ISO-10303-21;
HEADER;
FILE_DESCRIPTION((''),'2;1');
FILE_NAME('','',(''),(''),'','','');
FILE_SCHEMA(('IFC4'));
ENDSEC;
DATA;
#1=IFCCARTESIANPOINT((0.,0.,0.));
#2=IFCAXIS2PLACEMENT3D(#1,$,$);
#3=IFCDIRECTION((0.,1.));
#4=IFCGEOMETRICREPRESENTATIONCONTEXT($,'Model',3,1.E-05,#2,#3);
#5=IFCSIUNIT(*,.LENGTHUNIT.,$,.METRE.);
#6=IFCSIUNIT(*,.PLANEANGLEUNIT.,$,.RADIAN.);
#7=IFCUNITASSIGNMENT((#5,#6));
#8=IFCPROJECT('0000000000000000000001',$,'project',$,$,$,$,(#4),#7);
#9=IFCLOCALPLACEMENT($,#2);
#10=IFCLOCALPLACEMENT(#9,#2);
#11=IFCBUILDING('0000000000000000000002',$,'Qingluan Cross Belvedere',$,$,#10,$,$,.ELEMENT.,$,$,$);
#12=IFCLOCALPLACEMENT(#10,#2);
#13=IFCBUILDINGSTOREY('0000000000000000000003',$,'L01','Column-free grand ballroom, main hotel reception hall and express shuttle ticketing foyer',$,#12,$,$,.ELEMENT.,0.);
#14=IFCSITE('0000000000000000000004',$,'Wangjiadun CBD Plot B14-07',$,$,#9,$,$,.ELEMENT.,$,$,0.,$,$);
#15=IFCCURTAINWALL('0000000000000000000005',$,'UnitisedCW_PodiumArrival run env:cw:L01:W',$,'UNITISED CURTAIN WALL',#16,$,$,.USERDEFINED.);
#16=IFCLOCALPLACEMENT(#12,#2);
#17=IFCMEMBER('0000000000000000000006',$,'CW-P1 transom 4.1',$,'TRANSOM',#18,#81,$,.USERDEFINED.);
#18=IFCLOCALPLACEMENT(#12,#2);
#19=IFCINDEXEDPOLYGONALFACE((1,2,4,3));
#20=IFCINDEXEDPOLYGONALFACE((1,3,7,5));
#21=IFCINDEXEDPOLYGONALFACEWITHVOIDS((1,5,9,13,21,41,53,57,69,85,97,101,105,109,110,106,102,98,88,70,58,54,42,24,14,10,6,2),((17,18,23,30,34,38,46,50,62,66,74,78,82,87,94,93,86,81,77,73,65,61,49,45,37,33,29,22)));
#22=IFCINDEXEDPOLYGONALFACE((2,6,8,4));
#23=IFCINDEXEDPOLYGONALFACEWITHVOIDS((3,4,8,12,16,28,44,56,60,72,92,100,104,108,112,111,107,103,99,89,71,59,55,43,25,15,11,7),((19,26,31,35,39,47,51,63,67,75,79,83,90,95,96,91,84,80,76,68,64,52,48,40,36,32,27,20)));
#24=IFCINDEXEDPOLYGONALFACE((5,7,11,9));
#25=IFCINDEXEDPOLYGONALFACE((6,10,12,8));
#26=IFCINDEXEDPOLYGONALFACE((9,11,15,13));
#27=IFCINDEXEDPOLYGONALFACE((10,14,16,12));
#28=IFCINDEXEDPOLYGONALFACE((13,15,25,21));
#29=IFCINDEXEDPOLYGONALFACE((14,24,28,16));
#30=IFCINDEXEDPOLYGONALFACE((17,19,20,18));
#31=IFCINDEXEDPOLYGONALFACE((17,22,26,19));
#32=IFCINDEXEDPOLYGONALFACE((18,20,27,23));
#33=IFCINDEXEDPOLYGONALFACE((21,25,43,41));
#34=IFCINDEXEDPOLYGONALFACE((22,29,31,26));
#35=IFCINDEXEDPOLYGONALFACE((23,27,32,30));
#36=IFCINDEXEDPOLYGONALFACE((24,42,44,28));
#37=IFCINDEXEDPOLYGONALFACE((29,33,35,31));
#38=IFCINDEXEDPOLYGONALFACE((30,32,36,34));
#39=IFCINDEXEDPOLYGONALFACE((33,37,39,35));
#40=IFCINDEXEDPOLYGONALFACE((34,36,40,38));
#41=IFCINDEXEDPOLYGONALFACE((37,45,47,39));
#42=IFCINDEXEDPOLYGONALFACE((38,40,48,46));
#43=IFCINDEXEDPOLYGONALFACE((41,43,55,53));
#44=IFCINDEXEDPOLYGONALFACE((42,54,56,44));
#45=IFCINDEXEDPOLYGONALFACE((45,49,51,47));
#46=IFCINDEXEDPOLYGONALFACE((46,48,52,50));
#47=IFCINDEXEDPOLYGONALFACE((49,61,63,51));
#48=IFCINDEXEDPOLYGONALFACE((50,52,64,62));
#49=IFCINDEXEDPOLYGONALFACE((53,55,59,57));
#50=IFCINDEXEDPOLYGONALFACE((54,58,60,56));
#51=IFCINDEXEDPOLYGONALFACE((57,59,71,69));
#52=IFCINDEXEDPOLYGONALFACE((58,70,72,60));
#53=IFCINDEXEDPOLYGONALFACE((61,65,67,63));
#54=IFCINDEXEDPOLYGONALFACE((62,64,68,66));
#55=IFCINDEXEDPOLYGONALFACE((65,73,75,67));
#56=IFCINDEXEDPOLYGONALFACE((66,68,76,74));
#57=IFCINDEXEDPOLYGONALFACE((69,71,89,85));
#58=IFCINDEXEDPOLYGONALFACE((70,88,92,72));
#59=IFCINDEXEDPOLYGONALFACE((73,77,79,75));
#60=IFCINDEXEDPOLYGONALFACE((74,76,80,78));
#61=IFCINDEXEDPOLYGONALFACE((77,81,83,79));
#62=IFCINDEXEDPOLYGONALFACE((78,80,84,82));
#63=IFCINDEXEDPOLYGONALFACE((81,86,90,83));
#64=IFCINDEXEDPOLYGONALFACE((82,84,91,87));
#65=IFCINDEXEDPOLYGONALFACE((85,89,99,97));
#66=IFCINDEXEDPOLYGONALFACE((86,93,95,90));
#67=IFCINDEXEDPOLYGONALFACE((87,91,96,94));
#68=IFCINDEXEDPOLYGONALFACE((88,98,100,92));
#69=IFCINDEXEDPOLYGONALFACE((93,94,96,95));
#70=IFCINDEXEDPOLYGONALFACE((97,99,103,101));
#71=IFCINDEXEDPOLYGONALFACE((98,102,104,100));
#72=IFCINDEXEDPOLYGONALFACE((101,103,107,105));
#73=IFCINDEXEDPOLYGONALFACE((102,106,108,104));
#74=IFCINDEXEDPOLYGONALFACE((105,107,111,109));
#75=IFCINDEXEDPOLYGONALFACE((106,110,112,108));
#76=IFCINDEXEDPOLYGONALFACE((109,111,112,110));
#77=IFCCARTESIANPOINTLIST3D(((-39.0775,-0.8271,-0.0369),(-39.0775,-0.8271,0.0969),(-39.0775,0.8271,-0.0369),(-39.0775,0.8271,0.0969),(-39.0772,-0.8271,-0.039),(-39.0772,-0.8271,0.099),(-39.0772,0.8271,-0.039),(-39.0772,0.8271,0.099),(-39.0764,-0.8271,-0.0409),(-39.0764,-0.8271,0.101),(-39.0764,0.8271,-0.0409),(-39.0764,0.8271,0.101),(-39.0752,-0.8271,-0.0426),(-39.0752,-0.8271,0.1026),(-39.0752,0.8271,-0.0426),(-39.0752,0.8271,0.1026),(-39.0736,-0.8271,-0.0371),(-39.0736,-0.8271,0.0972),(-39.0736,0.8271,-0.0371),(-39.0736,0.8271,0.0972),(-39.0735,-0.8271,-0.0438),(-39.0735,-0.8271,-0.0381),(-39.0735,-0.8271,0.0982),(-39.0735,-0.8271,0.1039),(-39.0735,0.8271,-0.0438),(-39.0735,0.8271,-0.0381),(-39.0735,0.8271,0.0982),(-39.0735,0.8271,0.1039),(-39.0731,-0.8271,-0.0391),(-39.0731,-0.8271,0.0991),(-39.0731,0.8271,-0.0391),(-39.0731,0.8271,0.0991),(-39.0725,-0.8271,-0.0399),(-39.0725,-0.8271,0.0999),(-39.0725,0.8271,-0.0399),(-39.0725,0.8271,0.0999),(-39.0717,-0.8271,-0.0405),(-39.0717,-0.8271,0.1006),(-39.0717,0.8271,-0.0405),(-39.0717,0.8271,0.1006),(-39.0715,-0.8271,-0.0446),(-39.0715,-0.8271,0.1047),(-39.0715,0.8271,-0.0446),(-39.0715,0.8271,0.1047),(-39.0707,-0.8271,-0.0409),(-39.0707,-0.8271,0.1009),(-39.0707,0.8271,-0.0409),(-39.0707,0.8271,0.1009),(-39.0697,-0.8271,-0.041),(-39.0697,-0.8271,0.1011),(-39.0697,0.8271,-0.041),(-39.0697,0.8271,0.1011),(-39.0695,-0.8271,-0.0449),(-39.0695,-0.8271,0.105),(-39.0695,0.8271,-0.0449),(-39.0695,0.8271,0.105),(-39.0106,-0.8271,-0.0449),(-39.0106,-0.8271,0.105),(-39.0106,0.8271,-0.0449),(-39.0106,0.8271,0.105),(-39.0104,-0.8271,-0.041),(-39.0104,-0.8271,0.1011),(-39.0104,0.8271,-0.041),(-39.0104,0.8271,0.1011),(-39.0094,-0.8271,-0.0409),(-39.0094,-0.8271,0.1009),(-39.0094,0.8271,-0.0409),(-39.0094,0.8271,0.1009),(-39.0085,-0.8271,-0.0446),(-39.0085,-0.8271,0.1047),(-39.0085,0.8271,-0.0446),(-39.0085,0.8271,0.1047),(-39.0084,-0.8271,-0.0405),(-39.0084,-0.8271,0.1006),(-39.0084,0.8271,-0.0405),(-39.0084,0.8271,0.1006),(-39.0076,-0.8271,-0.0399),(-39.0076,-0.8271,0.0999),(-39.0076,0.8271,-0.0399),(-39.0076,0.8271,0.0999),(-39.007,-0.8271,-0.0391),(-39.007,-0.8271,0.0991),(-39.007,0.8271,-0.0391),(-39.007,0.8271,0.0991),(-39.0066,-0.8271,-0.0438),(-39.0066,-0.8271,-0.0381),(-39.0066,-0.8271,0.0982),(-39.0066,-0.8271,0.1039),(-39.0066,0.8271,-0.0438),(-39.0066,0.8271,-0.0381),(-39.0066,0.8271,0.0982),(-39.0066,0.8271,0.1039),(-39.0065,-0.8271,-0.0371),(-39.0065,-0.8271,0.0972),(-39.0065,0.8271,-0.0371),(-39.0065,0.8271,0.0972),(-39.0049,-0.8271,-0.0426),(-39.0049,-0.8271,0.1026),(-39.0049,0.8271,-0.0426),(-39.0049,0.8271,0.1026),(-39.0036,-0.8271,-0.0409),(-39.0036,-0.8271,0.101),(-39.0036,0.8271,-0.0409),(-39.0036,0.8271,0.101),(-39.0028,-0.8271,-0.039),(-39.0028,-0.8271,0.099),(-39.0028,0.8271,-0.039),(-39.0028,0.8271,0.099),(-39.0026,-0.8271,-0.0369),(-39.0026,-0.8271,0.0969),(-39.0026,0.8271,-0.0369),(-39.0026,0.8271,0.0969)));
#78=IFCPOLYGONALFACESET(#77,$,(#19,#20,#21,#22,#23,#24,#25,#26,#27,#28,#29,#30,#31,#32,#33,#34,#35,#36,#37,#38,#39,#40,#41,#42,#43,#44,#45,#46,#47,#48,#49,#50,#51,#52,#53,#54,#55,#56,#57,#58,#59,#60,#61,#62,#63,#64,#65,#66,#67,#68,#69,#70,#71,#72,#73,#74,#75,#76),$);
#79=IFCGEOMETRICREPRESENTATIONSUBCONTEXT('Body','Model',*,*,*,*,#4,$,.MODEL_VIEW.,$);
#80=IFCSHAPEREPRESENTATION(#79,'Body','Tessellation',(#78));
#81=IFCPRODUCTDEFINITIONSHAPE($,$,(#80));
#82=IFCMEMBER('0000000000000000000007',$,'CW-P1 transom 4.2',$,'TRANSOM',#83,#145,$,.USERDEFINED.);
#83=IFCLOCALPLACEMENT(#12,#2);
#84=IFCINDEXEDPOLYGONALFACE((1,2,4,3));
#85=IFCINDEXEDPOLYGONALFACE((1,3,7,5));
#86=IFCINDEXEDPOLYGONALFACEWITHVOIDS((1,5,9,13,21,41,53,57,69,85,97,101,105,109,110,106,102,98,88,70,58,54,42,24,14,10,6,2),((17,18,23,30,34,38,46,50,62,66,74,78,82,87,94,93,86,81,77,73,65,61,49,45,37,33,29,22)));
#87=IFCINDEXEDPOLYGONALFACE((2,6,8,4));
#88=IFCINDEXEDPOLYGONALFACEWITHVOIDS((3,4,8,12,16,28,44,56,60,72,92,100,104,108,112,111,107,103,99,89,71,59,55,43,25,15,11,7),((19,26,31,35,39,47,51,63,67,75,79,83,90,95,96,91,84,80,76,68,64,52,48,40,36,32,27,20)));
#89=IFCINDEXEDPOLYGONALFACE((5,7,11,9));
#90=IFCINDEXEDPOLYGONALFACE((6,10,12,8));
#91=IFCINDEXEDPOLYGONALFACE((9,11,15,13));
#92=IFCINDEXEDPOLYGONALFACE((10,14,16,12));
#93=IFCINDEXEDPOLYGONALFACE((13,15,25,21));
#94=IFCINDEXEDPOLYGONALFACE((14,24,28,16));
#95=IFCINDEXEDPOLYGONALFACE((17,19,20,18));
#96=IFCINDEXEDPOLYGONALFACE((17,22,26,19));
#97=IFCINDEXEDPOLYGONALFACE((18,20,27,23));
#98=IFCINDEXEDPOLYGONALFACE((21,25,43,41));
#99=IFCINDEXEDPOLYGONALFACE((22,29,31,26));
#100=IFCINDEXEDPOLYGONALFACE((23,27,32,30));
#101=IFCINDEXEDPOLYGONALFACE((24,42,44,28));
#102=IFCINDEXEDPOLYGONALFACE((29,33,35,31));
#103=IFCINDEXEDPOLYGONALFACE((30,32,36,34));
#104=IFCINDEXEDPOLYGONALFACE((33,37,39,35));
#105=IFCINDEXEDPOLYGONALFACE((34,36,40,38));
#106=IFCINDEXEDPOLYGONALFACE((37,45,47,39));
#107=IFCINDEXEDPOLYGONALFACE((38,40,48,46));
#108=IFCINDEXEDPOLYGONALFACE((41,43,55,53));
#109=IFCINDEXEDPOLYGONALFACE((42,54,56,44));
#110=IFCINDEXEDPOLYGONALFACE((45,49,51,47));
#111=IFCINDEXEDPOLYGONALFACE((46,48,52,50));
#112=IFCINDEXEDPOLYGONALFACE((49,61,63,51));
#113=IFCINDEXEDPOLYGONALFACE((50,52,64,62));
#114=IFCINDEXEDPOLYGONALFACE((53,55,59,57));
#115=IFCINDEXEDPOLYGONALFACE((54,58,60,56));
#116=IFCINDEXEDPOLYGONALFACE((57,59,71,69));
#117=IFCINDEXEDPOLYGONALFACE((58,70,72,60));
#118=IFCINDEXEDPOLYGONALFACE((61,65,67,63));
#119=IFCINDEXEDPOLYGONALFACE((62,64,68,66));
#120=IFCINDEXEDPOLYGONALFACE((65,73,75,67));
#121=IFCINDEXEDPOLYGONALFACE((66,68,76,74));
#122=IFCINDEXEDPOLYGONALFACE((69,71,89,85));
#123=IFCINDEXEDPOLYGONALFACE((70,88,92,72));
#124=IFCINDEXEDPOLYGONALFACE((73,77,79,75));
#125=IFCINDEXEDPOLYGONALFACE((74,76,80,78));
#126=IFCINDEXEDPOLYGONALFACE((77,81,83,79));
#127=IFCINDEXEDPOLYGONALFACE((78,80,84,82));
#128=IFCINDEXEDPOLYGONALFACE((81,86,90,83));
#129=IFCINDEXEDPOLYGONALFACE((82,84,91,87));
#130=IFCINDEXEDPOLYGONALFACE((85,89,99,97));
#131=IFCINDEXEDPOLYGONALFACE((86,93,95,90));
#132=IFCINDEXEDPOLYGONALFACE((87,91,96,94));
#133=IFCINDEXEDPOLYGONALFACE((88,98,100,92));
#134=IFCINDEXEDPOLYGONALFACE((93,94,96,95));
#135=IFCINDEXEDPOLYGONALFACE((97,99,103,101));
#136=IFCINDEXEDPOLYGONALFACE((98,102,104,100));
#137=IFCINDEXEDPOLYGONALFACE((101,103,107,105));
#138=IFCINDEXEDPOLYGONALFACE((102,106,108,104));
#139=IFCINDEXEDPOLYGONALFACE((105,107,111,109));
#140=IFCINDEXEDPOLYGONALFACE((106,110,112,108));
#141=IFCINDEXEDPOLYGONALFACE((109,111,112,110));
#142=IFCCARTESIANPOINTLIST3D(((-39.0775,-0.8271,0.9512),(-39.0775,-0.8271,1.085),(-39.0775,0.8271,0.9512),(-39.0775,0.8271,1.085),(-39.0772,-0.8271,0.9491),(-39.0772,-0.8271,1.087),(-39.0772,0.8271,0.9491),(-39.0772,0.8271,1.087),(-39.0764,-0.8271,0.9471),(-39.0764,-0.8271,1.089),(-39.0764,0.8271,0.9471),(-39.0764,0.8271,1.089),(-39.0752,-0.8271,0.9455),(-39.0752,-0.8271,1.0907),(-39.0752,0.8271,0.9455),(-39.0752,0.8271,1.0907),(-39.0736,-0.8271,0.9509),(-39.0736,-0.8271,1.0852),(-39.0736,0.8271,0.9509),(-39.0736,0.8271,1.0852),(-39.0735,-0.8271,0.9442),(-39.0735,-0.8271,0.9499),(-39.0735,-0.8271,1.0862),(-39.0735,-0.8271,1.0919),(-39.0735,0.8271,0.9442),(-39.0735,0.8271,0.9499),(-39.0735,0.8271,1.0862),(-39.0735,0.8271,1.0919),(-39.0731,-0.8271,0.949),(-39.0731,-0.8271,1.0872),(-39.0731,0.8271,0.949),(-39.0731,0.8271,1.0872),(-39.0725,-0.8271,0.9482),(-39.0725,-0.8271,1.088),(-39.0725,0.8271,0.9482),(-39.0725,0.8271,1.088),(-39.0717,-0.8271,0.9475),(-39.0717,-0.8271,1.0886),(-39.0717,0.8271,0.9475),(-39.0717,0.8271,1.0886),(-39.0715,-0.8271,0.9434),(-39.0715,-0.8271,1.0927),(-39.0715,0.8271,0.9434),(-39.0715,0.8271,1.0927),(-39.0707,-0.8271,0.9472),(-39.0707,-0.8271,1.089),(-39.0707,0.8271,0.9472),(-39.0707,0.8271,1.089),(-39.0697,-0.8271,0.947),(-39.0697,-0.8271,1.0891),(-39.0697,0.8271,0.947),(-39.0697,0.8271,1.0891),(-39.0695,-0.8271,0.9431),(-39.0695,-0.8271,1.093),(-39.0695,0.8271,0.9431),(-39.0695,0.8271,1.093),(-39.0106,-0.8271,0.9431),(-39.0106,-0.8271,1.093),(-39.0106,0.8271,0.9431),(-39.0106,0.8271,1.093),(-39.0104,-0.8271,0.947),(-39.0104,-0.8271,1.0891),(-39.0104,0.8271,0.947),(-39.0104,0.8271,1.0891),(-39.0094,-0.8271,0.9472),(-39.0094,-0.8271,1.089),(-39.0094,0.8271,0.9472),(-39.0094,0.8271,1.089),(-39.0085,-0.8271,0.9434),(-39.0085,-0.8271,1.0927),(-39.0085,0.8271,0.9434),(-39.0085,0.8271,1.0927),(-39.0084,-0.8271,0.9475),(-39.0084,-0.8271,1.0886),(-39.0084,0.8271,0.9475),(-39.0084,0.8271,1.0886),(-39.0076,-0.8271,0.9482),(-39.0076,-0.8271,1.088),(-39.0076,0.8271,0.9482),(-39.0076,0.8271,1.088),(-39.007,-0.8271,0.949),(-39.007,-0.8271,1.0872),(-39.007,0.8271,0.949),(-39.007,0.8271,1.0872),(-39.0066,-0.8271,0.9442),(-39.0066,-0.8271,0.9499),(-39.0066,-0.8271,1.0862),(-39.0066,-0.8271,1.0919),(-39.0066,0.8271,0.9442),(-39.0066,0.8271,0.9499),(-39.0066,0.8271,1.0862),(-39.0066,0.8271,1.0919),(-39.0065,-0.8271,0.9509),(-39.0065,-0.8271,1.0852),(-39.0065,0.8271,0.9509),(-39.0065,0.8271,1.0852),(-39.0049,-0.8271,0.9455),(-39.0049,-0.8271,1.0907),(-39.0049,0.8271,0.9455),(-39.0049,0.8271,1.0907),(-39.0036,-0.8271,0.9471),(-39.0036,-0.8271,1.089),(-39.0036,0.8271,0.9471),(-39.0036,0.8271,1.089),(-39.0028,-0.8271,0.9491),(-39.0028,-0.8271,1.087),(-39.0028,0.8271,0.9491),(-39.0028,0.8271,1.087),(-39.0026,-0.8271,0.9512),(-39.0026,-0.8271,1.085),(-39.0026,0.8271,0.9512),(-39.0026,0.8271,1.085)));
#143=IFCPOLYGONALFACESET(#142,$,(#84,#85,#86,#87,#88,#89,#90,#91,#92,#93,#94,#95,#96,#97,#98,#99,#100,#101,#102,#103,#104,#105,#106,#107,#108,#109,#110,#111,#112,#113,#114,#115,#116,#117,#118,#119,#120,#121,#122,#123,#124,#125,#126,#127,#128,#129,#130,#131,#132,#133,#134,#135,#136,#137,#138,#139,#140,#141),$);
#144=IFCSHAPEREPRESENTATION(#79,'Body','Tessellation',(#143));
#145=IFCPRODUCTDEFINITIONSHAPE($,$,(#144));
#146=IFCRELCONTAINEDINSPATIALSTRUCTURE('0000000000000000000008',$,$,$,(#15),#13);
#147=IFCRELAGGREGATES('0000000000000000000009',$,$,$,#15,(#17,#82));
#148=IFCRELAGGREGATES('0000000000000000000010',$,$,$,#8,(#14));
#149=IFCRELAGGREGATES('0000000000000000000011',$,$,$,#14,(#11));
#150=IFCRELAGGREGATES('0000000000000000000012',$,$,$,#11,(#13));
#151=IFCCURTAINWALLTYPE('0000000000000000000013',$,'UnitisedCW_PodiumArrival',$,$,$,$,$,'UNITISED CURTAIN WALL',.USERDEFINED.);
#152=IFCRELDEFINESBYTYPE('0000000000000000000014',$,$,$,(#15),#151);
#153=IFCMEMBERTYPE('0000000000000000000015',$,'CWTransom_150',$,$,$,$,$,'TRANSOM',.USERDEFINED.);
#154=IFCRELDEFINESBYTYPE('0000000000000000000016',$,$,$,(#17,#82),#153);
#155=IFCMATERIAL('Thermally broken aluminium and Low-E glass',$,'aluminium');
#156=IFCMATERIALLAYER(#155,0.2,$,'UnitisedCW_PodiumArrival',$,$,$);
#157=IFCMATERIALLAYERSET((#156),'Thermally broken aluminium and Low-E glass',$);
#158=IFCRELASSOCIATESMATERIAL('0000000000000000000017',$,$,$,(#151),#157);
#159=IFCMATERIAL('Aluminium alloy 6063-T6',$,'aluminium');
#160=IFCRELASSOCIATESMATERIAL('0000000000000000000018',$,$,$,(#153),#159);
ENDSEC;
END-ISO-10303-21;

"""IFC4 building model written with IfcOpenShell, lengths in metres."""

from ifc_helpers import new_model, si_unit, direction, frame, origin, origin_2d, place, context, subcontext, project, spatial, hollow_rectangle, extrude, material, layer, layer_set, material_profile, profile_set, type_object, element, aggregate, save


model = new_model("IFC4")

# Units and contexts
model_context = context("Model", 3, precision=1e-05, world=origin(), true_north=direction((0.0, 1.0)))
body_context = subcontext(model_context, "Body", "Model", "MODEL_VIEW")
ifc_project = project(units=[si_unit("LENGTHUNIT", "METRE"), si_unit("PLANEANGLEUNIT", "RADIAN")], contexts=[model_context])

# Site, building, storey
site_placement = place(None, origin())
site = spatial("IfcSite", under=ifc_project, at=site_placement, Name="Wangjiadun CBD Plot B14-07", CompositionType="ELEMENT", RefElevation=0.0)
building_placement = place(site_placement, origin())
building = spatial("IfcBuilding", under=site, at=building_placement, Name="Qingluan Cross Belvedere", CompositionType="ELEMENT")
storey_placement = place(building_placement, origin())
storey = spatial("IfcBuildingStorey", under=building, at=storey_placement, Name="L01", Description="Column-free grand ballroom, main hotel reception hall and express shuttle ticketing foyer", CompositionType="ELEMENT", Elevation=0.0)

# Curtain wall, members
ifc_material_1 = material(Name="Thermally broken aluminium and Low-E glass", Category="aluminium")
ifc_layer_1 = layer(ifc_material_1, 0.2, Name="UnitisedCW_PodiumArrival")
ifc_layer_set_1 = layer_set([ifc_layer_1], Name="Thermally broken aluminium and Low-E glass")
curtain_wall_type = type_object("IfcCurtainWallType", Name="UnitisedCW_PodiumArrival", ElementType="UNITISED CURTAIN WALL", PredefinedType="USERDEFINED", material=ifc_layer_set_1)
curtain_wall_placement = place(storey_placement, origin())
curtain_wall = element("IfcCurtainWall", 1, at=curtain_wall_placement, inside=storey, type_object=curtain_wall_type, Name="UnitisedCW_PodiumArrival run env:cw:L01:W", ObjectType="UNITISED CURTAIN WALL", PredefinedType="USERDEFINED")
ifc_material_2 = material(Name="Aluminium alloy 6063-T6", Category="aluminium")
ifc_material_profile_1 = material_profile(ifc_material_2, hollow_rectangle(XDim=0.075, YDim=0.1499, WallThickness=0.0039, InnerFilletRadius=0.0039, OuterFilletRadius=0.0081, at=origin_2d()), Name="CWT150x75x4")
ifc_profile_set_1 = profile_set([ifc_material_profile_1], Name="Aluminium alloy 6063-T6")
member_type_1 = type_object("IfcMemberType", Name="CWTransom_150", ElementType="TRANSOM", PredefinedType="USERDEFINED", material=ifc_profile_set_1)
member_1_placement = place(storey_placement, frame((-39.04, -0.8271, 0.03), z_axis=(0.0, 1.0, 0.0), x_axis=(-1.0, 0.0, 0.0)))
member_1 = element("IfcMember", 2, at=member_1_placement, type_object=member_type_1, Name="CW-P1 transom 4.1", ObjectType="TRANSOM", PredefinedType="USERDEFINED", context=body_context, shape_type="SweptSolid", body=[
    extrude(hollow_rectangle(XDim=0.075, YDim=0.1499, WallThickness=0.0039, InnerFilletRadius=0.0039, OuterFilletRadius=0.0081, at=origin_2d()), origin(), (0.0, 0.0, 1.0), 1.6543),
])
member_2_placement = place(storey_placement, frame((-39.04, -0.8271, 1.0181), z_axis=(0.0, 1.0, 0.0), x_axis=(-1.0, 0.0, 0.0)))
member_2 = element("IfcMember", 3, at=member_2_placement, type_object=member_type_1, Name="CW-P1 transom 4.2", ObjectType="TRANSOM", PredefinedType="USERDEFINED", context=body_context, shape_type="SweptSolid", body=[
    extrude(hollow_rectangle(XDim=0.075, YDim=0.1499, WallThickness=0.0039, InnerFilletRadius=0.0039, OuterFilletRadius=0.0081, at=origin_2d()), origin(), (0.0, 0.0, 1.0), 1.6543),
])
aggregate(curtain_wall, [member_1, member_2])

save(model, "model.ifc")
